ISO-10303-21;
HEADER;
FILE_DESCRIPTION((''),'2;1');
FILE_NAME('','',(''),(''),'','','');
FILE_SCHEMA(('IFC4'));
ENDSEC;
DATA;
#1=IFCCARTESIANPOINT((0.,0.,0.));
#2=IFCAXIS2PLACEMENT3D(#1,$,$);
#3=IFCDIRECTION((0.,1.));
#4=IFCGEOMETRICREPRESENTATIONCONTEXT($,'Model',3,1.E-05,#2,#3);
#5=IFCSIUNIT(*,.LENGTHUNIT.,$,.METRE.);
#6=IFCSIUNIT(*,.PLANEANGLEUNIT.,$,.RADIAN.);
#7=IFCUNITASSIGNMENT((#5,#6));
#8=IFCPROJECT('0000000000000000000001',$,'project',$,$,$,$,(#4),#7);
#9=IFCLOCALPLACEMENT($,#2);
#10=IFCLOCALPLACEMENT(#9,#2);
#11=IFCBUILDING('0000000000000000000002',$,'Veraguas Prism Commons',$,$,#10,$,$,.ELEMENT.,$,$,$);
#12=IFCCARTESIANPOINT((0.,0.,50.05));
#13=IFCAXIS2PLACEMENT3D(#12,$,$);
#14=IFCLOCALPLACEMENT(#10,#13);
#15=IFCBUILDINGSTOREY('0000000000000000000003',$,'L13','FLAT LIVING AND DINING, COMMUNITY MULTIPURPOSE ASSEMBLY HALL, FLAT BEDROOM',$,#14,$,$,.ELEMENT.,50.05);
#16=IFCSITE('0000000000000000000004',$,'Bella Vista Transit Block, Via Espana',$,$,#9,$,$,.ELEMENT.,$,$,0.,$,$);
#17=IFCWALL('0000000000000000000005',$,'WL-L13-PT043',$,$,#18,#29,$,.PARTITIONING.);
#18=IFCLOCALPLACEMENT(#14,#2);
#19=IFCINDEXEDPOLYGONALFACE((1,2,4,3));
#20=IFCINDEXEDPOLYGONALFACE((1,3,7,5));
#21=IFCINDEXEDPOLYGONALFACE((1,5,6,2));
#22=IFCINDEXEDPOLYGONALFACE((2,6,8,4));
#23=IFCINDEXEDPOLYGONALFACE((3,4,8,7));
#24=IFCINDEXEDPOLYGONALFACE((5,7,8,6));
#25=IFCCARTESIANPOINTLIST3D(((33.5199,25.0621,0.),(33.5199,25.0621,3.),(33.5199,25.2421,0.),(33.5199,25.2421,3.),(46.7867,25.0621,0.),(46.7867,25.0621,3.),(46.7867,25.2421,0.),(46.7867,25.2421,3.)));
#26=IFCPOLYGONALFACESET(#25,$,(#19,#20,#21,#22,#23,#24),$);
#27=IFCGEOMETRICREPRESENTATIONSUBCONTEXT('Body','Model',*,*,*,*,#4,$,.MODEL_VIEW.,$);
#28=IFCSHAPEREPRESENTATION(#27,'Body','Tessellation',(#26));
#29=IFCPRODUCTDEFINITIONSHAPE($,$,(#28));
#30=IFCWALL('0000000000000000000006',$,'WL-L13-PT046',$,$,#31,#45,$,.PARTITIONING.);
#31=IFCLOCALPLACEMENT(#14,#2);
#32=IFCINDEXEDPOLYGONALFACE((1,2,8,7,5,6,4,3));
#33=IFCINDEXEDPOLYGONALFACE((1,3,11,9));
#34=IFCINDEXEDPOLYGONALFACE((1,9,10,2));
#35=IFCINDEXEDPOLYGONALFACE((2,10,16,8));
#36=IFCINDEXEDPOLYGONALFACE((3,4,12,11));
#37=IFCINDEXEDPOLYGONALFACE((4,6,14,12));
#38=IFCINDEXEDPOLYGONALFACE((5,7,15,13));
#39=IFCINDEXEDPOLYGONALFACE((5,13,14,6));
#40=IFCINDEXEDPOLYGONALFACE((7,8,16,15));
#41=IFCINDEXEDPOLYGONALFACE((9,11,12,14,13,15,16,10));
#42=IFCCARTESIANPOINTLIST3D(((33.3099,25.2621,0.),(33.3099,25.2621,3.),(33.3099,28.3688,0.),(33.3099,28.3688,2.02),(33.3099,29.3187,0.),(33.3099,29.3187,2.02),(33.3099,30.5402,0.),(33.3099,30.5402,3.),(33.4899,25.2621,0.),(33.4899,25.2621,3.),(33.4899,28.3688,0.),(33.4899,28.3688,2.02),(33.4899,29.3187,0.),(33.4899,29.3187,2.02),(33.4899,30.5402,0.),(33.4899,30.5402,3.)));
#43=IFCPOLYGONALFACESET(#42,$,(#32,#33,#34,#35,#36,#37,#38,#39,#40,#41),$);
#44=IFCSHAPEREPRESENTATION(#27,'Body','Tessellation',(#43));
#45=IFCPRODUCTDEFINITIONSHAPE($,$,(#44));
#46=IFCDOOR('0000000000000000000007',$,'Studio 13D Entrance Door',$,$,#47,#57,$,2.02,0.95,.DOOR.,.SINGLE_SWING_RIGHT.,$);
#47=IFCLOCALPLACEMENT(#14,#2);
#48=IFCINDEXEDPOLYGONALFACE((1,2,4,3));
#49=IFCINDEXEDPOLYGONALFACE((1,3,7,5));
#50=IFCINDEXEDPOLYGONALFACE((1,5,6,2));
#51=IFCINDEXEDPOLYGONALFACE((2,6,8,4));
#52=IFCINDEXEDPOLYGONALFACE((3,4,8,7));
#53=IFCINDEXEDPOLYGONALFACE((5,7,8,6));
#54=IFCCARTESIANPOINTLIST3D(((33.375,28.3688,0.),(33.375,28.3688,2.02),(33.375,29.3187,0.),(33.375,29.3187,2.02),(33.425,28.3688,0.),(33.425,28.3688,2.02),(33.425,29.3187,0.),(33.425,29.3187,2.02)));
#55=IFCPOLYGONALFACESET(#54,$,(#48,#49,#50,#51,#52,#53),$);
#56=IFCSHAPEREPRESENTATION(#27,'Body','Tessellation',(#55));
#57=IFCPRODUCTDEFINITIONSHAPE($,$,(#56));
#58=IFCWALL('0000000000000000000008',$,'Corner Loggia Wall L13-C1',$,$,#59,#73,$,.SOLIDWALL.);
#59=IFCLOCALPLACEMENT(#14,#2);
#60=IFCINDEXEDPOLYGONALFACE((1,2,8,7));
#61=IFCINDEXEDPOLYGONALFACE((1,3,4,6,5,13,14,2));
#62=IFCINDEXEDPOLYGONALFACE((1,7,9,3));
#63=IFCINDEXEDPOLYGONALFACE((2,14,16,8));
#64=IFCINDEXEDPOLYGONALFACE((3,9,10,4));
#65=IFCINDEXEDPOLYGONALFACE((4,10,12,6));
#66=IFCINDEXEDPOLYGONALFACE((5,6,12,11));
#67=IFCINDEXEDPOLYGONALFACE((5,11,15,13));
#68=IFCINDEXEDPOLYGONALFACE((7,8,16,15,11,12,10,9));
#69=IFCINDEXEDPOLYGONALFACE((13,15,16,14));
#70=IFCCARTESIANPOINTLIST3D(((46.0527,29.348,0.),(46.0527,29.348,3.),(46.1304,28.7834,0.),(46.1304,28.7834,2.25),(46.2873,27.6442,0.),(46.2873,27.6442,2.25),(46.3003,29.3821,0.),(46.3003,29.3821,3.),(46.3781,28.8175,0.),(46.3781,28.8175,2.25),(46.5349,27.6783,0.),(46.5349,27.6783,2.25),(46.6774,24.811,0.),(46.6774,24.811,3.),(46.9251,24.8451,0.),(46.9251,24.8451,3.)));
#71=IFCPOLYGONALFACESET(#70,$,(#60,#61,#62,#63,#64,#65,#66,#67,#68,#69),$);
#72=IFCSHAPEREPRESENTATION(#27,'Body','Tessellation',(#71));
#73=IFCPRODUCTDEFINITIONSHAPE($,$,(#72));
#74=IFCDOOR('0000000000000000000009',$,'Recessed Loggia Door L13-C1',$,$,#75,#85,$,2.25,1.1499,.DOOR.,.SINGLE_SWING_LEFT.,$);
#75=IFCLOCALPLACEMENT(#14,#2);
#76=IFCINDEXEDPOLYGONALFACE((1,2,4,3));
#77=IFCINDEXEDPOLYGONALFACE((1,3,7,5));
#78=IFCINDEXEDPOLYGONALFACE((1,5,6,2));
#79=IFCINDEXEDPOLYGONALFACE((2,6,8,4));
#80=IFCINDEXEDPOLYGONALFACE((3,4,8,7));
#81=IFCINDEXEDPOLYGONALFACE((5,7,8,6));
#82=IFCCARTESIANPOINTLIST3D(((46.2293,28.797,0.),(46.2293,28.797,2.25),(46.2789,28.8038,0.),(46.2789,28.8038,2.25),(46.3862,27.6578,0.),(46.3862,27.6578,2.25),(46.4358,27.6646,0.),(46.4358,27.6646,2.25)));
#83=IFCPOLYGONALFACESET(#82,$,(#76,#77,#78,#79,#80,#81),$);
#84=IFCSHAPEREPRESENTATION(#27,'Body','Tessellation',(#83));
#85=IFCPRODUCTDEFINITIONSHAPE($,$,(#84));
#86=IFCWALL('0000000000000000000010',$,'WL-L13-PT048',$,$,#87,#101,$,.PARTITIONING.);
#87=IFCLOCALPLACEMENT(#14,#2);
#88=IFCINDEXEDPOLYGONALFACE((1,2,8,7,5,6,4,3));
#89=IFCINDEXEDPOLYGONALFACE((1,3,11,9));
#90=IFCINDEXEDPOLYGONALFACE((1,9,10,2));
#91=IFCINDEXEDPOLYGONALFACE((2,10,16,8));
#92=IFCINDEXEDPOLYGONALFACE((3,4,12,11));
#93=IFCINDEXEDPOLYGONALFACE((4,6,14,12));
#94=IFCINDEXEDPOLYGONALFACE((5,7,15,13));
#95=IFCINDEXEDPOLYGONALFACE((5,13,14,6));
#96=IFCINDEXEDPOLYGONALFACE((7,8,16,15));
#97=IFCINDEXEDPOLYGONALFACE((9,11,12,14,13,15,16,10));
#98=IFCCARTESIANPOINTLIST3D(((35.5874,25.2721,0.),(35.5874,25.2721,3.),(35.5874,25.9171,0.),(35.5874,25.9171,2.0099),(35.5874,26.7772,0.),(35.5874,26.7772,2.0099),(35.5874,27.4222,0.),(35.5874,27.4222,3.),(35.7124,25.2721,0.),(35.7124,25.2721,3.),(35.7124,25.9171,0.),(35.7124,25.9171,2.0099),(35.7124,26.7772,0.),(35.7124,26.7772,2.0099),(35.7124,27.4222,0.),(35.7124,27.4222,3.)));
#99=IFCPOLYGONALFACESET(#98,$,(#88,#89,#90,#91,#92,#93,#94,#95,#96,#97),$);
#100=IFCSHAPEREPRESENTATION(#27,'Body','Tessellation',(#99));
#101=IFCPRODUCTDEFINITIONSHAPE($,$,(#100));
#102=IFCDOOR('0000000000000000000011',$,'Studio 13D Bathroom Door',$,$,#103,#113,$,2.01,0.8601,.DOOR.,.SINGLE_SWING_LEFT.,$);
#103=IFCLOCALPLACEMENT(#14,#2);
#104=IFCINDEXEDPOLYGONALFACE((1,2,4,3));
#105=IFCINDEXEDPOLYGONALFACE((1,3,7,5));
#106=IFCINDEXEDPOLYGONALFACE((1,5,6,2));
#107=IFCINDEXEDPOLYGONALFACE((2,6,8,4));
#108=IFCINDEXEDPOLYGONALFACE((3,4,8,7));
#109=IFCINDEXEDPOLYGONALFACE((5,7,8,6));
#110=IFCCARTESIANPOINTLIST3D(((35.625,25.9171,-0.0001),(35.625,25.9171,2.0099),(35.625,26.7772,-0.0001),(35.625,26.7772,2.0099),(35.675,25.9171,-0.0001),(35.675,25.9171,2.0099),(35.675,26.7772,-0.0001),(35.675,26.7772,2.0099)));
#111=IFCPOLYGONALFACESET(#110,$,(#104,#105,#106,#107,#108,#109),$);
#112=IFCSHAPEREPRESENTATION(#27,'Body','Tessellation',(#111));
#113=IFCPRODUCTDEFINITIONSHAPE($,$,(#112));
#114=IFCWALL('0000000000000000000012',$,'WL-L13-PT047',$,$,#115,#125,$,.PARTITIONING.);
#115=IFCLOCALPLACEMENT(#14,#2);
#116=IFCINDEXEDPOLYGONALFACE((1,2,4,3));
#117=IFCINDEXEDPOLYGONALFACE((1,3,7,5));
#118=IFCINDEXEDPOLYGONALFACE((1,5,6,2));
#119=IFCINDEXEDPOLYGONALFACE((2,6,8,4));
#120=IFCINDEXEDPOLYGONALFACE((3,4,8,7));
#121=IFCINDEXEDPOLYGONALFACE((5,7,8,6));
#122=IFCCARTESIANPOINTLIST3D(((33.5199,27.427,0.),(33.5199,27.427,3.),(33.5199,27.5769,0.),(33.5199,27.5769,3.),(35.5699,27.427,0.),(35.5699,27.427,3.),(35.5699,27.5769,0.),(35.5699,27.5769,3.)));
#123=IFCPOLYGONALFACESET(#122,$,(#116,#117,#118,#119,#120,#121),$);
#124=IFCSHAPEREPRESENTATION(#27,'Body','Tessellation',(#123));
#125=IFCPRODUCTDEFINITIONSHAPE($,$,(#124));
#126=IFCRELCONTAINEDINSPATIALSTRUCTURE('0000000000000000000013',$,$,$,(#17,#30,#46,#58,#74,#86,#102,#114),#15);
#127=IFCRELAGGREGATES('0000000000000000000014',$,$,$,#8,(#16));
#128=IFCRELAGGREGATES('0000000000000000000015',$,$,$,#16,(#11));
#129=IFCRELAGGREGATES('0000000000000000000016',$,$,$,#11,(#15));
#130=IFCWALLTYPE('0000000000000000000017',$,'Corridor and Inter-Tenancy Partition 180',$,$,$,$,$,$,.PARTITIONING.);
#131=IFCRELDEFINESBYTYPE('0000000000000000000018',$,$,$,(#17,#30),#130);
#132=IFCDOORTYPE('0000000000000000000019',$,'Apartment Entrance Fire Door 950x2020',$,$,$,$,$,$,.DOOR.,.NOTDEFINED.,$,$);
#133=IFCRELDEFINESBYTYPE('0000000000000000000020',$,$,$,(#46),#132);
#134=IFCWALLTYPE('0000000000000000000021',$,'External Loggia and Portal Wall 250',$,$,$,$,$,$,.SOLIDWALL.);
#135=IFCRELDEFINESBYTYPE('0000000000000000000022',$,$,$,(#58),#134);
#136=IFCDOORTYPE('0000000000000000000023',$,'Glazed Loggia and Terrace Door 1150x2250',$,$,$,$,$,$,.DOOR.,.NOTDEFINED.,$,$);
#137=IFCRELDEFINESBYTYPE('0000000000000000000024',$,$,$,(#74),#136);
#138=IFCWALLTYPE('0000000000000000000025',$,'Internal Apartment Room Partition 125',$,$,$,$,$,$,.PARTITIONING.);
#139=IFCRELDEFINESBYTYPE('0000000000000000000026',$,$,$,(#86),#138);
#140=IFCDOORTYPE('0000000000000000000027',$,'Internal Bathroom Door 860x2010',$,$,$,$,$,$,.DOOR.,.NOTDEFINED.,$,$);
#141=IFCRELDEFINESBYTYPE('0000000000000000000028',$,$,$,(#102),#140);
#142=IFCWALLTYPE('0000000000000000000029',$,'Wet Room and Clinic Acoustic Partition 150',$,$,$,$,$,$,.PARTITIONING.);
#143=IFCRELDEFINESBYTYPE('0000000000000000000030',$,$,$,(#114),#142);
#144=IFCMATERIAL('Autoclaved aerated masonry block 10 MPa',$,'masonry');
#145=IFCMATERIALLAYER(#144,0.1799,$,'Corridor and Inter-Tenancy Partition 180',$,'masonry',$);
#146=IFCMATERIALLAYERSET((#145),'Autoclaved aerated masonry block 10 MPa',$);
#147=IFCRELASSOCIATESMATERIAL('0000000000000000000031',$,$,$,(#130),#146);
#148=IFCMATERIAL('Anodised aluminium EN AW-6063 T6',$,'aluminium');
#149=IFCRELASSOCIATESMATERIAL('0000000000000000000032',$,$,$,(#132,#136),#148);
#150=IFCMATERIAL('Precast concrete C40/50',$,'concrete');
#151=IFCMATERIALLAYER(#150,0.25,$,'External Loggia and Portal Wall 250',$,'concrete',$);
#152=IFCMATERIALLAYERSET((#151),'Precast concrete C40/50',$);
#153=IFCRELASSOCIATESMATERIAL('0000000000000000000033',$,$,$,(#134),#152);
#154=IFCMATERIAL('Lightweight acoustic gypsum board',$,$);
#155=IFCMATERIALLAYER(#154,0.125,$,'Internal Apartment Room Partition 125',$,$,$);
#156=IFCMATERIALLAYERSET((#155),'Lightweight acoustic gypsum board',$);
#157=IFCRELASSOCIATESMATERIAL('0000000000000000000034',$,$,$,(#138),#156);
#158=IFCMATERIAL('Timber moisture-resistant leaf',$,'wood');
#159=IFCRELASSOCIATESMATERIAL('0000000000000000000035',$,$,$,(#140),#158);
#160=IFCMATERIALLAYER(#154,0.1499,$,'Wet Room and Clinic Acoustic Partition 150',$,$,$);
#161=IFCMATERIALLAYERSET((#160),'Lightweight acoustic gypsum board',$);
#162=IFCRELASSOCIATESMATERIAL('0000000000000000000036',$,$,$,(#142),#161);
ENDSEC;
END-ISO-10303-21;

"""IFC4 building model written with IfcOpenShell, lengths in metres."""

from ifc_helpers import new_model, si_unit, direction, frame, frame_2d, origin, place, context, subcontext, project, spatial, rectangle, extrude, source, transform, mapped, material, layer, layer_set, type_object, element, fill, save


model = new_model("IFC4")

# Units and contexts
model_context = context("Model", 3, precision=1e-05, world=origin(), true_north=direction((0.0, 1.0)))
body_context = subcontext(model_context, "Body", "Model", "MODEL_VIEW")
ifc_project = project(units=[si_unit("LENGTHUNIT", "METRE"), si_unit("PLANEANGLEUNIT", "RADIAN")], contexts=[model_context])

# Site, building, storey
site_placement = place(None, origin())
site = spatial("IfcSite", under=ifc_project, at=site_placement, Name="Bella Vista Transit Block, Via Espana", CompositionType="ELEMENT", RefElevation=0.0)
building_placement = place(site_placement, origin())
building = spatial("IfcBuilding", under=site, at=building_placement, Name="Veraguas Prism Commons", CompositionType="ELEMENT")
storey_placement = place(building_placement, frame((0.0, 0.0, 50.05)))
storey = spatial("IfcBuildingStorey", under=building, at=storey_placement, Name="L13", Description="FLAT LIVING AND DINING, COMMUNITY MULTIPURPOSE ASSEMBLY HALL, FLAT BEDROOM", CompositionType="ELEMENT", Elevation=50.05)

# Shared definitions
ifc_material_1 = material(Name="Anodised aluminium EN AW-6063 T6", Category="aluminium")

# Wall
ifc_material_2 = material(Name="Autoclaved aerated masonry block 10 MPa", Category="masonry")
ifc_layer_1 = layer(ifc_material_2, 0.1799, Name="Corridor and Inter-Tenancy Partition 180", Category="masonry")
ifc_layer_set_1 = layer_set([ifc_layer_1], Name="Autoclaved aerated masonry block 10 MPa")
wall_type_1 = type_object("IfcWallType", Name="Corridor and Inter-Tenancy Partition 180", PredefinedType="PARTITIONING", material=ifc_layer_set_1)
wall_1_placement = place(storey_placement, frame((33.52, 25.1521, 0.0), z_axis=(0.0, 0.0, 1.0), x_axis=(1.0, 0.0, 0.0)))
element("IfcWall", 1, at=wall_1_placement, inside=storey, type_object=wall_type_1, Name="WL-L13-PT043", PredefinedType="PARTITIONING", context=body_context, shape_type="SweptSolid", body=[
    extrude(rectangle(XDim=13.2668, YDim=0.1799, at=frame_2d((6.6333, 0.0))), origin(), (0.0, 0.0, 1.0), 3.0),
])

# Walls, openings, doors
wall_2_placement = place(storey_placement, frame((33.3999, 25.262, 0.0), z_axis=(0.0, 0.0, 1.0), x_axis=(0.0, 1.0, 0.0)))
wall_2 = element("IfcWall", 2, at=wall_2_placement, inside=storey, type_object=wall_type_1, Name="WL-L13-PT046", PredefinedType="PARTITIONING", context=body_context, shape_type="SweptSolid", body=[
    extrude(rectangle(XDim=5.2781, YDim=0.1799, at=frame_2d((2.6392, 0.0))), origin(), (0.0, 0.0, 1.0), 3.0),
])
opening_1_placement = place(wall_2_placement, frame((3.1067, 0.0, 0.0)))
opening_1 = element("IfcOpeningElement", 3, at=opening_1_placement, cuts=wall_2, PredefinedType="OPENING", context=body_context, shape_type="SweptSolid", body=[
    extrude(rectangle(XDim=0.95, YDim=2.02, at=frame_2d((0.4751, 1.01))), frame((0.0, 0.0999, 0.0), z_axis=(0.0, -1.0, 0.0), x_axis=(1.0, 0.0, 0.0)), (0.0, 0.0, 1.0), 0.2),
])
door_type_1 = type_object("IfcDoorType", Name="Apartment Entrance Fire Door 950x2020", OperationType="NOTDEFINED", PredefinedType="DOOR", material=ifc_material_1)
shared_shape_1 = source(origin(), body_context, "Body", "SweptSolid", [
    extrude(rectangle(XDim=0.95, YDim=2.02, at=frame_2d((0.4751, 1.01))), frame((0.0, 0.0249, 0.0), z_axis=(0.0, -1.0, 0.0), x_axis=(1.0, 0.0, 0.0)), (0.0, 0.0, 1.0), 0.05),
])
door_1_placement = place(opening_1_placement, origin())
door_1 = element("IfcDoor", 4, at=door_1_placement, inside=storey, type_object=door_type_1, Name="Studio 13D Entrance Door", OperationType="SINGLE_SWING_RIGHT", OverallHeight=2.02, OverallWidth=0.95, PredefinedType="DOOR", context=body_context, shape_type="MappedRepresentation", body=[
    mapped(shared_shape_1, transform((0.0, 0.0, 0.0), scale=1.0)),
])
fill(opening_1, door_1)
ifc_material_3 = material(Name="Precast concrete C40/50", Category="concrete")
ifc_layer_2 = layer(ifc_material_3, 0.25, Name="External Loggia and Portal Wall 250", Category="concrete")
ifc_layer_set_2 = layer_set([ifc_layer_2], Name="Precast concrete C40/50")
wall_type_2 = type_object("IfcWallType", Name="External Loggia and Portal Wall 250", PredefinedType="SOLIDWALL", material=ifc_layer_set_2)
wall_3_placement = place(storey_placement, frame((46.8013, 24.8279, 0.0), z_axis=(0.0, 0.0, 1.0), x_axis=(-0.136412, 0.990652, 0.0)))
wall_3 = element("IfcWall", 5, at=wall_3_placement, inside=storey, type_object=wall_type_2, Name="Corner Loggia Wall L13-C1", PredefinedType="SOLIDWALL", context=body_context, shape_type="SweptSolid", body=[
    extrude(rectangle(XDim=4.5798, YDim=0.25, at=frame_2d((2.29, 0.0))), origin(), (0.0, 0.0, 1.0), 3.0),
])
opening_2_placement = place(wall_3_placement, frame((2.8601, 0.0, 0.0)))
opening_2 = element("IfcOpeningElement", 6, at=opening_2_placement, cuts=wall_3, PredefinedType="OPENING", context=body_context, shape_type="SweptSolid", body=[
    extrude(rectangle(XDim=1.1499, YDim=2.25, at=frame_2d((0.575, 1.125))), frame((0.0, 0.135, 0.0), z_axis=(0.0, -1.0, 0.0), x_axis=(1.0, 0.0, 0.0)), (0.0, 0.0, 1.0), 0.27),
])
door_type_2 = type_object("IfcDoorType", Name="Glazed Loggia and Terrace Door 1150x2250", OperationType="NOTDEFINED", PredefinedType="DOOR", material=ifc_material_1)
shared_shape_2 = source(origin(), body_context, "Body", "SweptSolid", [
    extrude(rectangle(XDim=1.1499, YDim=2.25, at=frame_2d((0.575, 1.125))), frame((0.0, 0.0249, 0.0), z_axis=(0.0, -1.0, 0.0), x_axis=(1.0, 0.0, 0.0)), (0.0, 0.0, 1.0), 0.05),
])
door_2_placement = place(opening_2_placement, frame((1.1499, 0.0, 0.0), z_axis=(0.0, 0.0, 1.0), x_axis=(-1.0, 0.0, 0.0)))
door_2 = element("IfcDoor", 7, at=door_2_placement, inside=storey, type_object=door_type_2, Name="Recessed Loggia Door L13-C1", OperationType="SINGLE_SWING_LEFT", OverallHeight=2.25, OverallWidth=1.1499, PredefinedType="DOOR", context=body_context, shape_type="MappedRepresentation", body=[
    mapped(shared_shape_2, transform((0.0, 0.0, 0.0), scale=1.0)),
])
fill(opening_2, door_2)
ifc_material_4 = material(Name="Lightweight acoustic gypsum board")
ifc_layer_3 = layer(ifc_material_4, 0.125, Name="Internal Apartment Room Partition 125")
ifc_layer_set_3 = layer_set([ifc_layer_3], Name="Lightweight acoustic gypsum board")
wall_type_3 = type_object("IfcWallType", Name="Internal Apartment Room Partition 125", PredefinedType="PARTITIONING", material=ifc_layer_set_3)
wall_4_placement = place(storey_placement, frame((35.6499, 25.272, 0.0), z_axis=(0.0, 0.0, 1.0), x_axis=(0.0, 1.0, 0.0)))
wall_4 = element("IfcWall", 8, at=wall_4_placement, inside=storey, type_object=wall_type_3, Name="WL-L13-PT048", PredefinedType="PARTITIONING", context=body_context, shape_type="SweptSolid", body=[
    extrude(rectangle(XDim=2.1501, YDim=0.125, at=frame_2d((1.0752, 0.0))), origin(), (0.0, 0.0, 1.0), 3.0),
])
opening_3_placement = place(wall_4_placement, frame((0.645, 0.0, 0.0)))
opening_3 = element("IfcOpeningElement", 9, at=opening_3_placement, cuts=wall_4, PredefinedType="OPENING", context=body_context, shape_type="SweptSolid", body=[
    extrude(rectangle(XDim=0.8601, YDim=2.01, at=frame_2d((0.4302, 1.0049))), frame((0.0, 0.0725, 0.0), z_axis=(0.0, -1.0, 0.0), x_axis=(1.0, 0.0, 0.0)), (0.0, 0.0, 1.0), 0.145),
])
ifc_material_5 = material(Name="Timber moisture-resistant leaf", Category="wood")
door_type_3 = type_object("IfcDoorType", Name="Internal Bathroom Door 860x2010", OperationType="NOTDEFINED", PredefinedType="DOOR", material=ifc_material_5)
shared_shape_3 = source(origin(), body_context, "Body", "SweptSolid", [
    extrude(rectangle(XDim=0.8601, YDim=2.01, at=frame_2d((0.4302, 1.0049))), frame((0.0, 0.0249, 0.0), z_axis=(0.0, -1.0, 0.0), x_axis=(1.0, 0.0, 0.0)), (0.0, 0.0, 1.0), 0.05),
])
door_3_placement = place(opening_3_placement, origin())
door_3 = element("IfcDoor", 10, at=door_3_placement, inside=storey, type_object=door_type_3, Name="Studio 13D Bathroom Door", OperationType="SINGLE_SWING_LEFT", OverallHeight=2.01, OverallWidth=0.8601, PredefinedType="DOOR", context=body_context, shape_type="MappedRepresentation", body=[
    mapped(shared_shape_3, transform((0.0, 0.0, 0.0), scale=1.0)),
])
fill(opening_3, door_3)

# Wall
ifc_layer_4 = layer(ifc_material_4, 0.1499, Name="Wet Room and Clinic Acoustic Partition 150")
ifc_layer_set_4 = layer_set([ifc_layer_4], Name="Lightweight acoustic gypsum board")
wall_type_4 = type_object("IfcWallType", Name="Wet Room and Clinic Acoustic Partition 150", PredefinedType="PARTITIONING", material=ifc_layer_set_4)
wall_5_placement = place(storey_placement, frame((33.52, 27.502, 0.0), z_axis=(0.0, 0.0, 1.0), x_axis=(1.0, 0.0, 0.0)))
element("IfcWall", 11, at=wall_5_placement, inside=storey, type_object=wall_type_4, Name="WL-L13-PT047", PredefinedType="PARTITIONING", context=body_context, shape_type="SweptSolid", body=[
    extrude(rectangle(XDim=2.05, YDim=0.1499, at=frame_2d((1.0249, 0.0))), origin(), (0.0, 0.0, 1.0), 3.0),
])

save(model, "model.ifc")
